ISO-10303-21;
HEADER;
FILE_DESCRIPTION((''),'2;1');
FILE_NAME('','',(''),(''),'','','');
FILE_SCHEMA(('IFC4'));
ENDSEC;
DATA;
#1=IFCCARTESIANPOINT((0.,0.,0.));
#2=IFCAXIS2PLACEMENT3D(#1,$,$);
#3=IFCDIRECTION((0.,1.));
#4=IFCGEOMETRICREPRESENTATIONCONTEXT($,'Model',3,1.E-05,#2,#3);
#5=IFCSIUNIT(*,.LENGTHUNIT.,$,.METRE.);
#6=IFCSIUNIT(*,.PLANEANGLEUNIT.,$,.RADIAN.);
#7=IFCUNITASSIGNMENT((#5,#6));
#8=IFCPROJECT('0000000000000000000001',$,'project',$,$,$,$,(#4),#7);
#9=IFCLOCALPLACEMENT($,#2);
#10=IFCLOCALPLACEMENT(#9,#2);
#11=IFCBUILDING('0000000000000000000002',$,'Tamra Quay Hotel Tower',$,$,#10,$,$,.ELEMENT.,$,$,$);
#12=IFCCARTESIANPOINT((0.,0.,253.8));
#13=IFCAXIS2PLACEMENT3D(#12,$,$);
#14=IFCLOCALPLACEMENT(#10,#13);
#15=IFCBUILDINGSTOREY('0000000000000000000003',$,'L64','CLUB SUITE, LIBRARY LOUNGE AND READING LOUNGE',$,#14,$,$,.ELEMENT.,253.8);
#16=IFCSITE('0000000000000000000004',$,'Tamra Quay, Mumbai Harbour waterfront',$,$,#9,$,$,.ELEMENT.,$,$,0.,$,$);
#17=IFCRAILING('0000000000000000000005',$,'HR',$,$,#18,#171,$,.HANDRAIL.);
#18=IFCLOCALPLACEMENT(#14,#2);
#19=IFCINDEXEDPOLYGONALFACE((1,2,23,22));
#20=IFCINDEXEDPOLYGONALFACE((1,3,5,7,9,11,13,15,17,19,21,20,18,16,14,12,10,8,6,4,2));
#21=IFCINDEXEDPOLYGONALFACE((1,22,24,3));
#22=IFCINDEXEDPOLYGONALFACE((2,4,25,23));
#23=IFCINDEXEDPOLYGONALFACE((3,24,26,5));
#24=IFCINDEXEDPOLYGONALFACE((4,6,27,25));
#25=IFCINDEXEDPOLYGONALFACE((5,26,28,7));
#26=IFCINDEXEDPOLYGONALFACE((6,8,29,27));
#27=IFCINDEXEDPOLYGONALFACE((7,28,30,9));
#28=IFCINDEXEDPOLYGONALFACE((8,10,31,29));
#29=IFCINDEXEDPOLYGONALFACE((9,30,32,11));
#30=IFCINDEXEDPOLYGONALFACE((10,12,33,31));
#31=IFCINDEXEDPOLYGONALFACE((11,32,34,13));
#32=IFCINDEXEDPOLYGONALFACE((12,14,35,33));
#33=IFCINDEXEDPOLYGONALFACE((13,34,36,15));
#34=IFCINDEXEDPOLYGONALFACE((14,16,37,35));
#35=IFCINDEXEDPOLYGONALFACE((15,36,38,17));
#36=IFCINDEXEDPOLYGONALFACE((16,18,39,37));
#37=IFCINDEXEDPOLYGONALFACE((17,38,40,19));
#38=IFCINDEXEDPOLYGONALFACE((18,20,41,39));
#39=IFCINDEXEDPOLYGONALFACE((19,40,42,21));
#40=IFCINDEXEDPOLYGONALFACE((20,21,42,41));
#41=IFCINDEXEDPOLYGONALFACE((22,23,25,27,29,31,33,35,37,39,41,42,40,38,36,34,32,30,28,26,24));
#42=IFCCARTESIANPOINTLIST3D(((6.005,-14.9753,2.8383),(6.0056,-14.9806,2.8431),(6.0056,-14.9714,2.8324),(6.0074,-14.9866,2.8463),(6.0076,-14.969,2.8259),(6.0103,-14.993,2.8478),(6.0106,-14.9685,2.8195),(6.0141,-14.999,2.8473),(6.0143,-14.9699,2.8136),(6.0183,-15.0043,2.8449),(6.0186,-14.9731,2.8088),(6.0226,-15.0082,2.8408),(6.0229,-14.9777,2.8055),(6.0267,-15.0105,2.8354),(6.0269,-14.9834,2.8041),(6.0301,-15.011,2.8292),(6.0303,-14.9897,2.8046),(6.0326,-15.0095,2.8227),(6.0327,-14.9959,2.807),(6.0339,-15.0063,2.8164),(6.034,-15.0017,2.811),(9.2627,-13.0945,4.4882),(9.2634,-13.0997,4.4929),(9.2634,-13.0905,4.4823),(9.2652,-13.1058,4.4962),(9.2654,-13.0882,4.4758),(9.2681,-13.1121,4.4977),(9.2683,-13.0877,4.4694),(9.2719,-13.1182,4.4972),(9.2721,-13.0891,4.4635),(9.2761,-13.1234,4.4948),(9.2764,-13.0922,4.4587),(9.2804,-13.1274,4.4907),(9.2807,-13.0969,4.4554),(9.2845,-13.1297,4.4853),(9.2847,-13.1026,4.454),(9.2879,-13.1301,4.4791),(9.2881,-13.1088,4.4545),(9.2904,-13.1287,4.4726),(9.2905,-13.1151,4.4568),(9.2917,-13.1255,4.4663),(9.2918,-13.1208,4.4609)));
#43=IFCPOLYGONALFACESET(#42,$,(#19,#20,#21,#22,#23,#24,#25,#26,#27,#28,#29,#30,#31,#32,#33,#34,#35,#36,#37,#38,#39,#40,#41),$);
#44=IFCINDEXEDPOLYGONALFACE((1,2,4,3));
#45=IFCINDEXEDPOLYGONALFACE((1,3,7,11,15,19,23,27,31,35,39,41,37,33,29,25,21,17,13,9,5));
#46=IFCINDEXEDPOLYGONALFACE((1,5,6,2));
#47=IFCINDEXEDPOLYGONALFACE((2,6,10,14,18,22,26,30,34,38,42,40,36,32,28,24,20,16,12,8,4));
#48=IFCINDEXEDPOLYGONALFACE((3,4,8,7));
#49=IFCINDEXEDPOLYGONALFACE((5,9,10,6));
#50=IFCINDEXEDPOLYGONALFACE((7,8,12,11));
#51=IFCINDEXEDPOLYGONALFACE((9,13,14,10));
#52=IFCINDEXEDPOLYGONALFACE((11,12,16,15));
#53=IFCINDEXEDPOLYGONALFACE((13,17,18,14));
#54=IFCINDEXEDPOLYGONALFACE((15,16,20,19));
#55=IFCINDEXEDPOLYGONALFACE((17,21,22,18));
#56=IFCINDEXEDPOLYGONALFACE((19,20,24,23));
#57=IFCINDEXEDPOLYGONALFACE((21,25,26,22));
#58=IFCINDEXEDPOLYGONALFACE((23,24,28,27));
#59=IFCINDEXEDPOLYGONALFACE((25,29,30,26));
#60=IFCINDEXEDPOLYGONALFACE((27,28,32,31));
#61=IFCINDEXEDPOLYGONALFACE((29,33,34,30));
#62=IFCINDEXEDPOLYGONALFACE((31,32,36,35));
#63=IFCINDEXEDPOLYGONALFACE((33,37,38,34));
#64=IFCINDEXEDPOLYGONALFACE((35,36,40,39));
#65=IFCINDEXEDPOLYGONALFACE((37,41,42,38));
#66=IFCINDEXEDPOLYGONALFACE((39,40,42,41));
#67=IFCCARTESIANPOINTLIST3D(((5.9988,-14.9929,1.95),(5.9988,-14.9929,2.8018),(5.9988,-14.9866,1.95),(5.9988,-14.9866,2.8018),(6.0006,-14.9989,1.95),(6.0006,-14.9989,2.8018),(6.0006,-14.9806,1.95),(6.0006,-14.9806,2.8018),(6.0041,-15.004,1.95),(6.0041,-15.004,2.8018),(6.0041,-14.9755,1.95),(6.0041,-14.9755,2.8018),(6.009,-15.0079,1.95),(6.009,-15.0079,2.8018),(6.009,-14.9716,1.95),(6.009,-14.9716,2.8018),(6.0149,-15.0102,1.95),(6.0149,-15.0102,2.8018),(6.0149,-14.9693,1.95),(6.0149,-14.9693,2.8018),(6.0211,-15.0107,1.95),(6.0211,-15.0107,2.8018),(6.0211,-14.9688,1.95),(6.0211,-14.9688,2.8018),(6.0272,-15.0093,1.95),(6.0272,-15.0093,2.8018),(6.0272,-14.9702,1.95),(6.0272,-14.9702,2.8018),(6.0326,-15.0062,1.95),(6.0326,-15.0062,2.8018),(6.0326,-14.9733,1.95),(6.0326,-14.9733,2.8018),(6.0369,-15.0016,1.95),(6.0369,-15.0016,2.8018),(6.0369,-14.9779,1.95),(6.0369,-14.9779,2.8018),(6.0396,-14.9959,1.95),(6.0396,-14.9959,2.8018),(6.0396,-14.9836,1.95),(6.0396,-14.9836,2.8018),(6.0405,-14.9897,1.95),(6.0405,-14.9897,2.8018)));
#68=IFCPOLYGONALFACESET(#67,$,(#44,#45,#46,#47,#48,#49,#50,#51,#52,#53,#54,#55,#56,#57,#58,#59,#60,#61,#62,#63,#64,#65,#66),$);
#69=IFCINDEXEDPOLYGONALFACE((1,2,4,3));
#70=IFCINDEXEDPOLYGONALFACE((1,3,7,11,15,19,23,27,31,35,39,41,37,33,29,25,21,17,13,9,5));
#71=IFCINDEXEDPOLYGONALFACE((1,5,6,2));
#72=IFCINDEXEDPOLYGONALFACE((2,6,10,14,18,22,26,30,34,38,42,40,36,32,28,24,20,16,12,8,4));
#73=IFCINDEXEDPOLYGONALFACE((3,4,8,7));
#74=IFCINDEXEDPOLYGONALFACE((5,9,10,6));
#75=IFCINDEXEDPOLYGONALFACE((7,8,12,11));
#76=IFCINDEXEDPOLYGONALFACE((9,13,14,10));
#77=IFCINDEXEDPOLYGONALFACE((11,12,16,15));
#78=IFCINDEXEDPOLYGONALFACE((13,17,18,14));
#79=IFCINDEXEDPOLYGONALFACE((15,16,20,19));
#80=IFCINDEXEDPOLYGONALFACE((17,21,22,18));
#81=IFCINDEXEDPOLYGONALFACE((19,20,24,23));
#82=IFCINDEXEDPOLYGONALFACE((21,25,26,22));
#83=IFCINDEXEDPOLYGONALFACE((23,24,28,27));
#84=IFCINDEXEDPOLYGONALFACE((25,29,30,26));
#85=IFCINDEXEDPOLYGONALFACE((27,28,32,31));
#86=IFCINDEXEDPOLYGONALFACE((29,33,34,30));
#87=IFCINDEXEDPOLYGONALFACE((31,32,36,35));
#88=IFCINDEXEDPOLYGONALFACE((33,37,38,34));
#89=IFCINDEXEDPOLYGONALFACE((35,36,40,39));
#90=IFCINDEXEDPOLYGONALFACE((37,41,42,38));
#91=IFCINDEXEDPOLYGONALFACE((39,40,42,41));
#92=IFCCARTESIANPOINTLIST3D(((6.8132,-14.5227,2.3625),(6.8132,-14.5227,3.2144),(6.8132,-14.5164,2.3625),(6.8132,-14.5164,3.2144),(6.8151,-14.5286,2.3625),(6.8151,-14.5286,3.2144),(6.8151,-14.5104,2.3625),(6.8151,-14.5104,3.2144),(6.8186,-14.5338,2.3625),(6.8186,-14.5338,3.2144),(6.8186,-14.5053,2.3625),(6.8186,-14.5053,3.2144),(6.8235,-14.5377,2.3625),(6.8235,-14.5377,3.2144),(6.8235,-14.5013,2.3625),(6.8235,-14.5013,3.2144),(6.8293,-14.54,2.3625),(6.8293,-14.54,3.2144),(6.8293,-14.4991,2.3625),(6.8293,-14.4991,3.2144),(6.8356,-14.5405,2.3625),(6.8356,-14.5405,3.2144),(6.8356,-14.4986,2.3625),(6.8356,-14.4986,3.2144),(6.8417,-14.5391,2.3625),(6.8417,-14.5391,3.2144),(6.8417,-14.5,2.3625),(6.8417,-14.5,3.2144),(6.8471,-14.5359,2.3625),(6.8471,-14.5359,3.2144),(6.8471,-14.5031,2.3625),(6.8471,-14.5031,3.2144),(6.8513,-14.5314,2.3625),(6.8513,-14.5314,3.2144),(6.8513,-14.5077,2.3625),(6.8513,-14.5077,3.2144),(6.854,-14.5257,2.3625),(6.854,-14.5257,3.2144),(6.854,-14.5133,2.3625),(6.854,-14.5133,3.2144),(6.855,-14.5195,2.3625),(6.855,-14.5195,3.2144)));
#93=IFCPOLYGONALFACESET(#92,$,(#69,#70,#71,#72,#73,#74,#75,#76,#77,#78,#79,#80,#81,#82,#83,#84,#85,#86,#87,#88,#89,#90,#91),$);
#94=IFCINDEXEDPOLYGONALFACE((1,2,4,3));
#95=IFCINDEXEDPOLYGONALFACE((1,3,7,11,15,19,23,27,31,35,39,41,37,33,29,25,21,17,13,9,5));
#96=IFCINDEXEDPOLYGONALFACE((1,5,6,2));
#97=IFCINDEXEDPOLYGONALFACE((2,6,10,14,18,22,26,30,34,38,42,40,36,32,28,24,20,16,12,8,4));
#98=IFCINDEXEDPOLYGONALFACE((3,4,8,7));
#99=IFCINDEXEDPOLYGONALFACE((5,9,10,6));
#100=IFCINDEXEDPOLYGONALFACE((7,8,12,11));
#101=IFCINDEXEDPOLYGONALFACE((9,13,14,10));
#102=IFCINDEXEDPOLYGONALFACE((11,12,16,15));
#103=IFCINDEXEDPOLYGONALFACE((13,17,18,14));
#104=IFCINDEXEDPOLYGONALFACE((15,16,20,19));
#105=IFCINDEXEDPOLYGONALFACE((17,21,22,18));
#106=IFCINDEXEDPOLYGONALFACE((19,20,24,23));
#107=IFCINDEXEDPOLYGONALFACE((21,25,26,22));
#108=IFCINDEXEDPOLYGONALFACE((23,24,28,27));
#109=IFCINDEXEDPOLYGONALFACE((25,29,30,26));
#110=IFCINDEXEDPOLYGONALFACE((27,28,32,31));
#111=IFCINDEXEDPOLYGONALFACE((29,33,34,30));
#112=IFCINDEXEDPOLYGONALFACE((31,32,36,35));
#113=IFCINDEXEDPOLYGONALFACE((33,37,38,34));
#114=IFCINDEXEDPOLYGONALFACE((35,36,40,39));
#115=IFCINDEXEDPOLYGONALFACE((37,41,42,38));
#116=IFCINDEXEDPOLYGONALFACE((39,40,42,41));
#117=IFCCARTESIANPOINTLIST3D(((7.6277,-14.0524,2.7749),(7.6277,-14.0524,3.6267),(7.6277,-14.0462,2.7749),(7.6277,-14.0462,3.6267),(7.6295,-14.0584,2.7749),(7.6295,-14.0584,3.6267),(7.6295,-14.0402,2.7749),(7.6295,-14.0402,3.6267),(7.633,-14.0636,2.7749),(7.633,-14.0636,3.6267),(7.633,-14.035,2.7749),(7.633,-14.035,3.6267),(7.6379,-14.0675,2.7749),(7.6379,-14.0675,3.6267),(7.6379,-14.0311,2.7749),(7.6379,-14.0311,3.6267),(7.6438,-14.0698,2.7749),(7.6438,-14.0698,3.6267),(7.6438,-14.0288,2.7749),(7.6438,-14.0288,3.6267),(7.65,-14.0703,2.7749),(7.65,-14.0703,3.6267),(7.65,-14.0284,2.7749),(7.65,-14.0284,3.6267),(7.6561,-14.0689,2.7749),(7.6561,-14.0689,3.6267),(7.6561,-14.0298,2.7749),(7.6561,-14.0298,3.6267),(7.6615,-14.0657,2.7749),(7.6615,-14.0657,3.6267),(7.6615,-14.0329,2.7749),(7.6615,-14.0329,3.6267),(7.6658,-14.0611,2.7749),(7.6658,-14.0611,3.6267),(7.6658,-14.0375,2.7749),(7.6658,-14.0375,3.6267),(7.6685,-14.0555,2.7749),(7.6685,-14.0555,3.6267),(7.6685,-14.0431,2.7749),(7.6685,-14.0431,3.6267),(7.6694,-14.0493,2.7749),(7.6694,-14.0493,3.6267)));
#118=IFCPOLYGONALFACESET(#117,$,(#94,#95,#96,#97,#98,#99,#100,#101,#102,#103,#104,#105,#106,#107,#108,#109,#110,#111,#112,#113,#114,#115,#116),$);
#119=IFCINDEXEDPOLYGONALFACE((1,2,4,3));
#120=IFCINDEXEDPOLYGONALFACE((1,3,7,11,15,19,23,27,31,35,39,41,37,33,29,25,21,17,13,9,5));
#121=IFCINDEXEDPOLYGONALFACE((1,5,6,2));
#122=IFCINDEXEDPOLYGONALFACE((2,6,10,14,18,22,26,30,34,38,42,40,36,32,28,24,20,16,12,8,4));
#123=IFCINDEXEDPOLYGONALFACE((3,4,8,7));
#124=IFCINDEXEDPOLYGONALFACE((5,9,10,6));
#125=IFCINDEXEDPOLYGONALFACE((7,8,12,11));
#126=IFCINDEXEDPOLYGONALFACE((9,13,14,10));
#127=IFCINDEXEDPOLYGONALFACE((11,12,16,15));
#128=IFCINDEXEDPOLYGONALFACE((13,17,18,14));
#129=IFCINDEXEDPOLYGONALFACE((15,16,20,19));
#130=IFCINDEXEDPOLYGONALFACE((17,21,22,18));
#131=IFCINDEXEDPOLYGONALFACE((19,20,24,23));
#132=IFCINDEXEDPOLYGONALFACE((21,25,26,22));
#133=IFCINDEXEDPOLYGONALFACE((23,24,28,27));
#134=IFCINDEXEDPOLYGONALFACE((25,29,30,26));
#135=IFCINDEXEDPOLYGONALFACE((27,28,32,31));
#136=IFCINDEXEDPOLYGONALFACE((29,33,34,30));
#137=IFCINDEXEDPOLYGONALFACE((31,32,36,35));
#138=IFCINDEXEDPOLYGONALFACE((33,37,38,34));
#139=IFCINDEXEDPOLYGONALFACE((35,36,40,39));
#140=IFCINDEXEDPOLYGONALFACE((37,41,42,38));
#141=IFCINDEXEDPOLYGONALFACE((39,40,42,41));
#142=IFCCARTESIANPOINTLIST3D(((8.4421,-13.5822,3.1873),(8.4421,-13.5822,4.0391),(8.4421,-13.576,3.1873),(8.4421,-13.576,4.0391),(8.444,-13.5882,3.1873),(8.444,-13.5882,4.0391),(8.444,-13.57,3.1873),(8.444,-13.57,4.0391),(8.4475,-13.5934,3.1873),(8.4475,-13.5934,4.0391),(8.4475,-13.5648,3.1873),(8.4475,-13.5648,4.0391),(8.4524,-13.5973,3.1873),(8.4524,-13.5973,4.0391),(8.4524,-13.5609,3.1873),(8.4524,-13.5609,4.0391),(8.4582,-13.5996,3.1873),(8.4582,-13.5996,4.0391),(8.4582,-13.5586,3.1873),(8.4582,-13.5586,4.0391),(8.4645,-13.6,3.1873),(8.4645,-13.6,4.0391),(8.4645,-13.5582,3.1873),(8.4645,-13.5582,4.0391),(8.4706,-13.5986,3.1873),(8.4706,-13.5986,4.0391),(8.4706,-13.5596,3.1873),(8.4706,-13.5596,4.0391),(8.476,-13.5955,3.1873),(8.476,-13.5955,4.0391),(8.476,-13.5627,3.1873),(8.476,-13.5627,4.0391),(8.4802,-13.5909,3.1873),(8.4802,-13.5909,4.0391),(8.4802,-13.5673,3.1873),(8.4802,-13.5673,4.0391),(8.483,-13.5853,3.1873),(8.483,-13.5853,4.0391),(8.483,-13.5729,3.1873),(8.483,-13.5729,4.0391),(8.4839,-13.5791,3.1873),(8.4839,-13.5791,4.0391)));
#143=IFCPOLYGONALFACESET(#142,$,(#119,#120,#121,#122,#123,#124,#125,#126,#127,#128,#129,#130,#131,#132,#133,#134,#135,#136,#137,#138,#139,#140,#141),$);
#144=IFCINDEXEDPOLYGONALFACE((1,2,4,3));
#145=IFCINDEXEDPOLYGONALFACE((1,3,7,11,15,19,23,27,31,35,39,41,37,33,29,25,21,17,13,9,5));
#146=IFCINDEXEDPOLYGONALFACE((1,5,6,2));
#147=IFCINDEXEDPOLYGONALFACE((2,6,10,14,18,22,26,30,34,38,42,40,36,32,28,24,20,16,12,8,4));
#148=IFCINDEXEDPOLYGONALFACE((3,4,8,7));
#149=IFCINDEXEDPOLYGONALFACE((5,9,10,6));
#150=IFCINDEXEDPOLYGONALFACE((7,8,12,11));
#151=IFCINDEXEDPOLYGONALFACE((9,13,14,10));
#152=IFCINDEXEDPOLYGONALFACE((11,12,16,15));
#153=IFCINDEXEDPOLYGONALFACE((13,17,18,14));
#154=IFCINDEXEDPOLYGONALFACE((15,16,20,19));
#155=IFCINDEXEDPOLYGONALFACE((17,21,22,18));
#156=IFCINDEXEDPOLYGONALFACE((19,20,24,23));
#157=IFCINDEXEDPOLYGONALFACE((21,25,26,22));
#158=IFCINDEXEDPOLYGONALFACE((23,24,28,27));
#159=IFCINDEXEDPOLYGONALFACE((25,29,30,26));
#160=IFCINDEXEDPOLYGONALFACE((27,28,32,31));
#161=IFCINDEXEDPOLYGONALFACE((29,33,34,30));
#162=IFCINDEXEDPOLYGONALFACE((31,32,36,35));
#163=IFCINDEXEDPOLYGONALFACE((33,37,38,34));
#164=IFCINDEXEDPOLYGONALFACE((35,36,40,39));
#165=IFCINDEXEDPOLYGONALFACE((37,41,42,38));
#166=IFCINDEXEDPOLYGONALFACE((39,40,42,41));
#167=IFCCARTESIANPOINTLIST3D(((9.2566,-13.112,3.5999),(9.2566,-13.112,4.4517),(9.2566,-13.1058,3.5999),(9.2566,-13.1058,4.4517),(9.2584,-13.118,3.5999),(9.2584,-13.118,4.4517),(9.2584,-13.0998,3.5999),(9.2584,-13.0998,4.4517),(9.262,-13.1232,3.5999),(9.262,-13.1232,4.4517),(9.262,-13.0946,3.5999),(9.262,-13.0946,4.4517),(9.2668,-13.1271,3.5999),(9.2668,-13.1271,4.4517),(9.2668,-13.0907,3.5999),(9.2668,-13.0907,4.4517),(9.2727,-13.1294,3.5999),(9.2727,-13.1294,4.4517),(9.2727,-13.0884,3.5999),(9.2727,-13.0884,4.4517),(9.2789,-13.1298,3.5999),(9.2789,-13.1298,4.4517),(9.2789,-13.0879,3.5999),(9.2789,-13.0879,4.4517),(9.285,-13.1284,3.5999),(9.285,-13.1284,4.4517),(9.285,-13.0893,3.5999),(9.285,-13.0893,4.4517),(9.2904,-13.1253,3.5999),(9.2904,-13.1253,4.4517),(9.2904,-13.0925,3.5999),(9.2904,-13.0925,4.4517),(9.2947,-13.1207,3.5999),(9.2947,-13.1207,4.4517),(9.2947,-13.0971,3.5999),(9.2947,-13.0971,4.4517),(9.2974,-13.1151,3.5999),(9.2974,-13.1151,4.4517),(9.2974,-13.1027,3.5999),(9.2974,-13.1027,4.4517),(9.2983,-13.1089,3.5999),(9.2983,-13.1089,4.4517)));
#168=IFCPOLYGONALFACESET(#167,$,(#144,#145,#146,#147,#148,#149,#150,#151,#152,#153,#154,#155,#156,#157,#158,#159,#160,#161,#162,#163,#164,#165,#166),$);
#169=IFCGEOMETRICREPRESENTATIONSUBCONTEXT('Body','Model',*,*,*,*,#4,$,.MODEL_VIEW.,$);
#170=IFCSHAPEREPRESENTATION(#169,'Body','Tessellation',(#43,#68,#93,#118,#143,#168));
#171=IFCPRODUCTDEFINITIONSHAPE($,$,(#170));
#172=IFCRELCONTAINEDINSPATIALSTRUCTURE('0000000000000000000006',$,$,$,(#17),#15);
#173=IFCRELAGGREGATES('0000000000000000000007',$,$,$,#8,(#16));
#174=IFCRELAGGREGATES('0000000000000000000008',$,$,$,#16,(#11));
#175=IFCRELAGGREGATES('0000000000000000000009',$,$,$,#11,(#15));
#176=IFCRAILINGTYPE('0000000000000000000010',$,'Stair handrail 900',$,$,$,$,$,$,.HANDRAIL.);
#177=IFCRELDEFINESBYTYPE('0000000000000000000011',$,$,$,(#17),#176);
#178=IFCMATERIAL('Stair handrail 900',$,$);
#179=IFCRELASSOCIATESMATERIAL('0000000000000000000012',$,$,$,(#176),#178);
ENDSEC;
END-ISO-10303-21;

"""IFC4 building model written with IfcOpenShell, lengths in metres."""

from ifc_helpers import new_model, si_unit, direction, frame, origin, origin_2d, place, context, subcontext, project, spatial, circle, extrude, material, type_object, element, save


model = new_model("IFC4")

# Units and contexts
model_context = context("Model", 3, precision=1e-05, world=origin(), true_north=direction((0.0, 1.0)))
body_context = subcontext(model_context, "Body", "Model", "MODEL_VIEW")
ifc_project = project(units=[si_unit("LENGTHUNIT", "METRE"), si_unit("PLANEANGLEUNIT", "RADIAN")], contexts=[model_context])

# Site, building, storey
site_placement = place(None, origin())
site = spatial("IfcSite", under=ifc_project, at=site_placement, Name="Tamra Quay, Mumbai Harbour waterfront", CompositionType="ELEMENT", RefElevation=0.0)
building_placement = place(site_placement, origin())
building = spatial("IfcBuilding", under=site, at=building_placement, Name="Tamra Quay Hotel Tower", CompositionType="ELEMENT")
storey_placement = place(building_placement, frame((0.0, 0.0, 253.8)))
storey = spatial("IfcBuildingStorey", under=building, at=storey_placement, Name="L64", Description="CLUB SUITE, LIBRARY LOUNGE AND READING LOUNGE", CompositionType="ELEMENT", Elevation=253.8)

# Railing
ifc_material_1 = material(Name="Stair handrail 900")
railing_type_1 = type_object("IfcRailingType", Name="Stair handrail 900", PredefinedType="HANDRAIL", material=ifc_material_1)
railing_1_placement = place(storey_placement, frame((6.0195, -14.9897, 1.95)))
element("IfcRailing", 1, at=railing_1_placement, inside=storey, type_object=railing_type_1, Name="HR", PredefinedType="HANDRAIL", context=body_context, shape_type="SweptSolid", body=[
    extrude(circle(Radius=0.0239, at=origin_2d()), frame((0.0, 0.0, 0.876), z_axis=(0.7931, 0.457887, 0.401661), x_axis=(-0.499992, 0.86603, 0.0)), (0.0, 0.0, 1.0), 4.1077),
    extrude(circle(Radius=0.021, at=origin_2d()), origin(), (0.0, 0.0, 1.0), 0.8518),
    extrude(circle(Radius=0.021, at=origin_2d()), frame((0.8145, 0.4702, 0.4126)), (0.0, 0.0, 1.0), 0.8518),
    extrude(circle(Radius=0.021, at=origin_2d()), frame((1.6289, 0.9404, 0.825)), (0.0, 0.0, 1.0), 0.8518),
    extrude(circle(Radius=0.021, at=origin_2d()), frame((2.4434, 1.4106, 1.2373)), (0.0, 0.0, 1.0), 0.8518),
    extrude(circle(Radius=0.021, at=origin_2d()), frame((3.2578, 1.8809, 1.6499)), (0.0, 0.0, 1.0), 0.8518),
])

save(model, "model.ifc")
